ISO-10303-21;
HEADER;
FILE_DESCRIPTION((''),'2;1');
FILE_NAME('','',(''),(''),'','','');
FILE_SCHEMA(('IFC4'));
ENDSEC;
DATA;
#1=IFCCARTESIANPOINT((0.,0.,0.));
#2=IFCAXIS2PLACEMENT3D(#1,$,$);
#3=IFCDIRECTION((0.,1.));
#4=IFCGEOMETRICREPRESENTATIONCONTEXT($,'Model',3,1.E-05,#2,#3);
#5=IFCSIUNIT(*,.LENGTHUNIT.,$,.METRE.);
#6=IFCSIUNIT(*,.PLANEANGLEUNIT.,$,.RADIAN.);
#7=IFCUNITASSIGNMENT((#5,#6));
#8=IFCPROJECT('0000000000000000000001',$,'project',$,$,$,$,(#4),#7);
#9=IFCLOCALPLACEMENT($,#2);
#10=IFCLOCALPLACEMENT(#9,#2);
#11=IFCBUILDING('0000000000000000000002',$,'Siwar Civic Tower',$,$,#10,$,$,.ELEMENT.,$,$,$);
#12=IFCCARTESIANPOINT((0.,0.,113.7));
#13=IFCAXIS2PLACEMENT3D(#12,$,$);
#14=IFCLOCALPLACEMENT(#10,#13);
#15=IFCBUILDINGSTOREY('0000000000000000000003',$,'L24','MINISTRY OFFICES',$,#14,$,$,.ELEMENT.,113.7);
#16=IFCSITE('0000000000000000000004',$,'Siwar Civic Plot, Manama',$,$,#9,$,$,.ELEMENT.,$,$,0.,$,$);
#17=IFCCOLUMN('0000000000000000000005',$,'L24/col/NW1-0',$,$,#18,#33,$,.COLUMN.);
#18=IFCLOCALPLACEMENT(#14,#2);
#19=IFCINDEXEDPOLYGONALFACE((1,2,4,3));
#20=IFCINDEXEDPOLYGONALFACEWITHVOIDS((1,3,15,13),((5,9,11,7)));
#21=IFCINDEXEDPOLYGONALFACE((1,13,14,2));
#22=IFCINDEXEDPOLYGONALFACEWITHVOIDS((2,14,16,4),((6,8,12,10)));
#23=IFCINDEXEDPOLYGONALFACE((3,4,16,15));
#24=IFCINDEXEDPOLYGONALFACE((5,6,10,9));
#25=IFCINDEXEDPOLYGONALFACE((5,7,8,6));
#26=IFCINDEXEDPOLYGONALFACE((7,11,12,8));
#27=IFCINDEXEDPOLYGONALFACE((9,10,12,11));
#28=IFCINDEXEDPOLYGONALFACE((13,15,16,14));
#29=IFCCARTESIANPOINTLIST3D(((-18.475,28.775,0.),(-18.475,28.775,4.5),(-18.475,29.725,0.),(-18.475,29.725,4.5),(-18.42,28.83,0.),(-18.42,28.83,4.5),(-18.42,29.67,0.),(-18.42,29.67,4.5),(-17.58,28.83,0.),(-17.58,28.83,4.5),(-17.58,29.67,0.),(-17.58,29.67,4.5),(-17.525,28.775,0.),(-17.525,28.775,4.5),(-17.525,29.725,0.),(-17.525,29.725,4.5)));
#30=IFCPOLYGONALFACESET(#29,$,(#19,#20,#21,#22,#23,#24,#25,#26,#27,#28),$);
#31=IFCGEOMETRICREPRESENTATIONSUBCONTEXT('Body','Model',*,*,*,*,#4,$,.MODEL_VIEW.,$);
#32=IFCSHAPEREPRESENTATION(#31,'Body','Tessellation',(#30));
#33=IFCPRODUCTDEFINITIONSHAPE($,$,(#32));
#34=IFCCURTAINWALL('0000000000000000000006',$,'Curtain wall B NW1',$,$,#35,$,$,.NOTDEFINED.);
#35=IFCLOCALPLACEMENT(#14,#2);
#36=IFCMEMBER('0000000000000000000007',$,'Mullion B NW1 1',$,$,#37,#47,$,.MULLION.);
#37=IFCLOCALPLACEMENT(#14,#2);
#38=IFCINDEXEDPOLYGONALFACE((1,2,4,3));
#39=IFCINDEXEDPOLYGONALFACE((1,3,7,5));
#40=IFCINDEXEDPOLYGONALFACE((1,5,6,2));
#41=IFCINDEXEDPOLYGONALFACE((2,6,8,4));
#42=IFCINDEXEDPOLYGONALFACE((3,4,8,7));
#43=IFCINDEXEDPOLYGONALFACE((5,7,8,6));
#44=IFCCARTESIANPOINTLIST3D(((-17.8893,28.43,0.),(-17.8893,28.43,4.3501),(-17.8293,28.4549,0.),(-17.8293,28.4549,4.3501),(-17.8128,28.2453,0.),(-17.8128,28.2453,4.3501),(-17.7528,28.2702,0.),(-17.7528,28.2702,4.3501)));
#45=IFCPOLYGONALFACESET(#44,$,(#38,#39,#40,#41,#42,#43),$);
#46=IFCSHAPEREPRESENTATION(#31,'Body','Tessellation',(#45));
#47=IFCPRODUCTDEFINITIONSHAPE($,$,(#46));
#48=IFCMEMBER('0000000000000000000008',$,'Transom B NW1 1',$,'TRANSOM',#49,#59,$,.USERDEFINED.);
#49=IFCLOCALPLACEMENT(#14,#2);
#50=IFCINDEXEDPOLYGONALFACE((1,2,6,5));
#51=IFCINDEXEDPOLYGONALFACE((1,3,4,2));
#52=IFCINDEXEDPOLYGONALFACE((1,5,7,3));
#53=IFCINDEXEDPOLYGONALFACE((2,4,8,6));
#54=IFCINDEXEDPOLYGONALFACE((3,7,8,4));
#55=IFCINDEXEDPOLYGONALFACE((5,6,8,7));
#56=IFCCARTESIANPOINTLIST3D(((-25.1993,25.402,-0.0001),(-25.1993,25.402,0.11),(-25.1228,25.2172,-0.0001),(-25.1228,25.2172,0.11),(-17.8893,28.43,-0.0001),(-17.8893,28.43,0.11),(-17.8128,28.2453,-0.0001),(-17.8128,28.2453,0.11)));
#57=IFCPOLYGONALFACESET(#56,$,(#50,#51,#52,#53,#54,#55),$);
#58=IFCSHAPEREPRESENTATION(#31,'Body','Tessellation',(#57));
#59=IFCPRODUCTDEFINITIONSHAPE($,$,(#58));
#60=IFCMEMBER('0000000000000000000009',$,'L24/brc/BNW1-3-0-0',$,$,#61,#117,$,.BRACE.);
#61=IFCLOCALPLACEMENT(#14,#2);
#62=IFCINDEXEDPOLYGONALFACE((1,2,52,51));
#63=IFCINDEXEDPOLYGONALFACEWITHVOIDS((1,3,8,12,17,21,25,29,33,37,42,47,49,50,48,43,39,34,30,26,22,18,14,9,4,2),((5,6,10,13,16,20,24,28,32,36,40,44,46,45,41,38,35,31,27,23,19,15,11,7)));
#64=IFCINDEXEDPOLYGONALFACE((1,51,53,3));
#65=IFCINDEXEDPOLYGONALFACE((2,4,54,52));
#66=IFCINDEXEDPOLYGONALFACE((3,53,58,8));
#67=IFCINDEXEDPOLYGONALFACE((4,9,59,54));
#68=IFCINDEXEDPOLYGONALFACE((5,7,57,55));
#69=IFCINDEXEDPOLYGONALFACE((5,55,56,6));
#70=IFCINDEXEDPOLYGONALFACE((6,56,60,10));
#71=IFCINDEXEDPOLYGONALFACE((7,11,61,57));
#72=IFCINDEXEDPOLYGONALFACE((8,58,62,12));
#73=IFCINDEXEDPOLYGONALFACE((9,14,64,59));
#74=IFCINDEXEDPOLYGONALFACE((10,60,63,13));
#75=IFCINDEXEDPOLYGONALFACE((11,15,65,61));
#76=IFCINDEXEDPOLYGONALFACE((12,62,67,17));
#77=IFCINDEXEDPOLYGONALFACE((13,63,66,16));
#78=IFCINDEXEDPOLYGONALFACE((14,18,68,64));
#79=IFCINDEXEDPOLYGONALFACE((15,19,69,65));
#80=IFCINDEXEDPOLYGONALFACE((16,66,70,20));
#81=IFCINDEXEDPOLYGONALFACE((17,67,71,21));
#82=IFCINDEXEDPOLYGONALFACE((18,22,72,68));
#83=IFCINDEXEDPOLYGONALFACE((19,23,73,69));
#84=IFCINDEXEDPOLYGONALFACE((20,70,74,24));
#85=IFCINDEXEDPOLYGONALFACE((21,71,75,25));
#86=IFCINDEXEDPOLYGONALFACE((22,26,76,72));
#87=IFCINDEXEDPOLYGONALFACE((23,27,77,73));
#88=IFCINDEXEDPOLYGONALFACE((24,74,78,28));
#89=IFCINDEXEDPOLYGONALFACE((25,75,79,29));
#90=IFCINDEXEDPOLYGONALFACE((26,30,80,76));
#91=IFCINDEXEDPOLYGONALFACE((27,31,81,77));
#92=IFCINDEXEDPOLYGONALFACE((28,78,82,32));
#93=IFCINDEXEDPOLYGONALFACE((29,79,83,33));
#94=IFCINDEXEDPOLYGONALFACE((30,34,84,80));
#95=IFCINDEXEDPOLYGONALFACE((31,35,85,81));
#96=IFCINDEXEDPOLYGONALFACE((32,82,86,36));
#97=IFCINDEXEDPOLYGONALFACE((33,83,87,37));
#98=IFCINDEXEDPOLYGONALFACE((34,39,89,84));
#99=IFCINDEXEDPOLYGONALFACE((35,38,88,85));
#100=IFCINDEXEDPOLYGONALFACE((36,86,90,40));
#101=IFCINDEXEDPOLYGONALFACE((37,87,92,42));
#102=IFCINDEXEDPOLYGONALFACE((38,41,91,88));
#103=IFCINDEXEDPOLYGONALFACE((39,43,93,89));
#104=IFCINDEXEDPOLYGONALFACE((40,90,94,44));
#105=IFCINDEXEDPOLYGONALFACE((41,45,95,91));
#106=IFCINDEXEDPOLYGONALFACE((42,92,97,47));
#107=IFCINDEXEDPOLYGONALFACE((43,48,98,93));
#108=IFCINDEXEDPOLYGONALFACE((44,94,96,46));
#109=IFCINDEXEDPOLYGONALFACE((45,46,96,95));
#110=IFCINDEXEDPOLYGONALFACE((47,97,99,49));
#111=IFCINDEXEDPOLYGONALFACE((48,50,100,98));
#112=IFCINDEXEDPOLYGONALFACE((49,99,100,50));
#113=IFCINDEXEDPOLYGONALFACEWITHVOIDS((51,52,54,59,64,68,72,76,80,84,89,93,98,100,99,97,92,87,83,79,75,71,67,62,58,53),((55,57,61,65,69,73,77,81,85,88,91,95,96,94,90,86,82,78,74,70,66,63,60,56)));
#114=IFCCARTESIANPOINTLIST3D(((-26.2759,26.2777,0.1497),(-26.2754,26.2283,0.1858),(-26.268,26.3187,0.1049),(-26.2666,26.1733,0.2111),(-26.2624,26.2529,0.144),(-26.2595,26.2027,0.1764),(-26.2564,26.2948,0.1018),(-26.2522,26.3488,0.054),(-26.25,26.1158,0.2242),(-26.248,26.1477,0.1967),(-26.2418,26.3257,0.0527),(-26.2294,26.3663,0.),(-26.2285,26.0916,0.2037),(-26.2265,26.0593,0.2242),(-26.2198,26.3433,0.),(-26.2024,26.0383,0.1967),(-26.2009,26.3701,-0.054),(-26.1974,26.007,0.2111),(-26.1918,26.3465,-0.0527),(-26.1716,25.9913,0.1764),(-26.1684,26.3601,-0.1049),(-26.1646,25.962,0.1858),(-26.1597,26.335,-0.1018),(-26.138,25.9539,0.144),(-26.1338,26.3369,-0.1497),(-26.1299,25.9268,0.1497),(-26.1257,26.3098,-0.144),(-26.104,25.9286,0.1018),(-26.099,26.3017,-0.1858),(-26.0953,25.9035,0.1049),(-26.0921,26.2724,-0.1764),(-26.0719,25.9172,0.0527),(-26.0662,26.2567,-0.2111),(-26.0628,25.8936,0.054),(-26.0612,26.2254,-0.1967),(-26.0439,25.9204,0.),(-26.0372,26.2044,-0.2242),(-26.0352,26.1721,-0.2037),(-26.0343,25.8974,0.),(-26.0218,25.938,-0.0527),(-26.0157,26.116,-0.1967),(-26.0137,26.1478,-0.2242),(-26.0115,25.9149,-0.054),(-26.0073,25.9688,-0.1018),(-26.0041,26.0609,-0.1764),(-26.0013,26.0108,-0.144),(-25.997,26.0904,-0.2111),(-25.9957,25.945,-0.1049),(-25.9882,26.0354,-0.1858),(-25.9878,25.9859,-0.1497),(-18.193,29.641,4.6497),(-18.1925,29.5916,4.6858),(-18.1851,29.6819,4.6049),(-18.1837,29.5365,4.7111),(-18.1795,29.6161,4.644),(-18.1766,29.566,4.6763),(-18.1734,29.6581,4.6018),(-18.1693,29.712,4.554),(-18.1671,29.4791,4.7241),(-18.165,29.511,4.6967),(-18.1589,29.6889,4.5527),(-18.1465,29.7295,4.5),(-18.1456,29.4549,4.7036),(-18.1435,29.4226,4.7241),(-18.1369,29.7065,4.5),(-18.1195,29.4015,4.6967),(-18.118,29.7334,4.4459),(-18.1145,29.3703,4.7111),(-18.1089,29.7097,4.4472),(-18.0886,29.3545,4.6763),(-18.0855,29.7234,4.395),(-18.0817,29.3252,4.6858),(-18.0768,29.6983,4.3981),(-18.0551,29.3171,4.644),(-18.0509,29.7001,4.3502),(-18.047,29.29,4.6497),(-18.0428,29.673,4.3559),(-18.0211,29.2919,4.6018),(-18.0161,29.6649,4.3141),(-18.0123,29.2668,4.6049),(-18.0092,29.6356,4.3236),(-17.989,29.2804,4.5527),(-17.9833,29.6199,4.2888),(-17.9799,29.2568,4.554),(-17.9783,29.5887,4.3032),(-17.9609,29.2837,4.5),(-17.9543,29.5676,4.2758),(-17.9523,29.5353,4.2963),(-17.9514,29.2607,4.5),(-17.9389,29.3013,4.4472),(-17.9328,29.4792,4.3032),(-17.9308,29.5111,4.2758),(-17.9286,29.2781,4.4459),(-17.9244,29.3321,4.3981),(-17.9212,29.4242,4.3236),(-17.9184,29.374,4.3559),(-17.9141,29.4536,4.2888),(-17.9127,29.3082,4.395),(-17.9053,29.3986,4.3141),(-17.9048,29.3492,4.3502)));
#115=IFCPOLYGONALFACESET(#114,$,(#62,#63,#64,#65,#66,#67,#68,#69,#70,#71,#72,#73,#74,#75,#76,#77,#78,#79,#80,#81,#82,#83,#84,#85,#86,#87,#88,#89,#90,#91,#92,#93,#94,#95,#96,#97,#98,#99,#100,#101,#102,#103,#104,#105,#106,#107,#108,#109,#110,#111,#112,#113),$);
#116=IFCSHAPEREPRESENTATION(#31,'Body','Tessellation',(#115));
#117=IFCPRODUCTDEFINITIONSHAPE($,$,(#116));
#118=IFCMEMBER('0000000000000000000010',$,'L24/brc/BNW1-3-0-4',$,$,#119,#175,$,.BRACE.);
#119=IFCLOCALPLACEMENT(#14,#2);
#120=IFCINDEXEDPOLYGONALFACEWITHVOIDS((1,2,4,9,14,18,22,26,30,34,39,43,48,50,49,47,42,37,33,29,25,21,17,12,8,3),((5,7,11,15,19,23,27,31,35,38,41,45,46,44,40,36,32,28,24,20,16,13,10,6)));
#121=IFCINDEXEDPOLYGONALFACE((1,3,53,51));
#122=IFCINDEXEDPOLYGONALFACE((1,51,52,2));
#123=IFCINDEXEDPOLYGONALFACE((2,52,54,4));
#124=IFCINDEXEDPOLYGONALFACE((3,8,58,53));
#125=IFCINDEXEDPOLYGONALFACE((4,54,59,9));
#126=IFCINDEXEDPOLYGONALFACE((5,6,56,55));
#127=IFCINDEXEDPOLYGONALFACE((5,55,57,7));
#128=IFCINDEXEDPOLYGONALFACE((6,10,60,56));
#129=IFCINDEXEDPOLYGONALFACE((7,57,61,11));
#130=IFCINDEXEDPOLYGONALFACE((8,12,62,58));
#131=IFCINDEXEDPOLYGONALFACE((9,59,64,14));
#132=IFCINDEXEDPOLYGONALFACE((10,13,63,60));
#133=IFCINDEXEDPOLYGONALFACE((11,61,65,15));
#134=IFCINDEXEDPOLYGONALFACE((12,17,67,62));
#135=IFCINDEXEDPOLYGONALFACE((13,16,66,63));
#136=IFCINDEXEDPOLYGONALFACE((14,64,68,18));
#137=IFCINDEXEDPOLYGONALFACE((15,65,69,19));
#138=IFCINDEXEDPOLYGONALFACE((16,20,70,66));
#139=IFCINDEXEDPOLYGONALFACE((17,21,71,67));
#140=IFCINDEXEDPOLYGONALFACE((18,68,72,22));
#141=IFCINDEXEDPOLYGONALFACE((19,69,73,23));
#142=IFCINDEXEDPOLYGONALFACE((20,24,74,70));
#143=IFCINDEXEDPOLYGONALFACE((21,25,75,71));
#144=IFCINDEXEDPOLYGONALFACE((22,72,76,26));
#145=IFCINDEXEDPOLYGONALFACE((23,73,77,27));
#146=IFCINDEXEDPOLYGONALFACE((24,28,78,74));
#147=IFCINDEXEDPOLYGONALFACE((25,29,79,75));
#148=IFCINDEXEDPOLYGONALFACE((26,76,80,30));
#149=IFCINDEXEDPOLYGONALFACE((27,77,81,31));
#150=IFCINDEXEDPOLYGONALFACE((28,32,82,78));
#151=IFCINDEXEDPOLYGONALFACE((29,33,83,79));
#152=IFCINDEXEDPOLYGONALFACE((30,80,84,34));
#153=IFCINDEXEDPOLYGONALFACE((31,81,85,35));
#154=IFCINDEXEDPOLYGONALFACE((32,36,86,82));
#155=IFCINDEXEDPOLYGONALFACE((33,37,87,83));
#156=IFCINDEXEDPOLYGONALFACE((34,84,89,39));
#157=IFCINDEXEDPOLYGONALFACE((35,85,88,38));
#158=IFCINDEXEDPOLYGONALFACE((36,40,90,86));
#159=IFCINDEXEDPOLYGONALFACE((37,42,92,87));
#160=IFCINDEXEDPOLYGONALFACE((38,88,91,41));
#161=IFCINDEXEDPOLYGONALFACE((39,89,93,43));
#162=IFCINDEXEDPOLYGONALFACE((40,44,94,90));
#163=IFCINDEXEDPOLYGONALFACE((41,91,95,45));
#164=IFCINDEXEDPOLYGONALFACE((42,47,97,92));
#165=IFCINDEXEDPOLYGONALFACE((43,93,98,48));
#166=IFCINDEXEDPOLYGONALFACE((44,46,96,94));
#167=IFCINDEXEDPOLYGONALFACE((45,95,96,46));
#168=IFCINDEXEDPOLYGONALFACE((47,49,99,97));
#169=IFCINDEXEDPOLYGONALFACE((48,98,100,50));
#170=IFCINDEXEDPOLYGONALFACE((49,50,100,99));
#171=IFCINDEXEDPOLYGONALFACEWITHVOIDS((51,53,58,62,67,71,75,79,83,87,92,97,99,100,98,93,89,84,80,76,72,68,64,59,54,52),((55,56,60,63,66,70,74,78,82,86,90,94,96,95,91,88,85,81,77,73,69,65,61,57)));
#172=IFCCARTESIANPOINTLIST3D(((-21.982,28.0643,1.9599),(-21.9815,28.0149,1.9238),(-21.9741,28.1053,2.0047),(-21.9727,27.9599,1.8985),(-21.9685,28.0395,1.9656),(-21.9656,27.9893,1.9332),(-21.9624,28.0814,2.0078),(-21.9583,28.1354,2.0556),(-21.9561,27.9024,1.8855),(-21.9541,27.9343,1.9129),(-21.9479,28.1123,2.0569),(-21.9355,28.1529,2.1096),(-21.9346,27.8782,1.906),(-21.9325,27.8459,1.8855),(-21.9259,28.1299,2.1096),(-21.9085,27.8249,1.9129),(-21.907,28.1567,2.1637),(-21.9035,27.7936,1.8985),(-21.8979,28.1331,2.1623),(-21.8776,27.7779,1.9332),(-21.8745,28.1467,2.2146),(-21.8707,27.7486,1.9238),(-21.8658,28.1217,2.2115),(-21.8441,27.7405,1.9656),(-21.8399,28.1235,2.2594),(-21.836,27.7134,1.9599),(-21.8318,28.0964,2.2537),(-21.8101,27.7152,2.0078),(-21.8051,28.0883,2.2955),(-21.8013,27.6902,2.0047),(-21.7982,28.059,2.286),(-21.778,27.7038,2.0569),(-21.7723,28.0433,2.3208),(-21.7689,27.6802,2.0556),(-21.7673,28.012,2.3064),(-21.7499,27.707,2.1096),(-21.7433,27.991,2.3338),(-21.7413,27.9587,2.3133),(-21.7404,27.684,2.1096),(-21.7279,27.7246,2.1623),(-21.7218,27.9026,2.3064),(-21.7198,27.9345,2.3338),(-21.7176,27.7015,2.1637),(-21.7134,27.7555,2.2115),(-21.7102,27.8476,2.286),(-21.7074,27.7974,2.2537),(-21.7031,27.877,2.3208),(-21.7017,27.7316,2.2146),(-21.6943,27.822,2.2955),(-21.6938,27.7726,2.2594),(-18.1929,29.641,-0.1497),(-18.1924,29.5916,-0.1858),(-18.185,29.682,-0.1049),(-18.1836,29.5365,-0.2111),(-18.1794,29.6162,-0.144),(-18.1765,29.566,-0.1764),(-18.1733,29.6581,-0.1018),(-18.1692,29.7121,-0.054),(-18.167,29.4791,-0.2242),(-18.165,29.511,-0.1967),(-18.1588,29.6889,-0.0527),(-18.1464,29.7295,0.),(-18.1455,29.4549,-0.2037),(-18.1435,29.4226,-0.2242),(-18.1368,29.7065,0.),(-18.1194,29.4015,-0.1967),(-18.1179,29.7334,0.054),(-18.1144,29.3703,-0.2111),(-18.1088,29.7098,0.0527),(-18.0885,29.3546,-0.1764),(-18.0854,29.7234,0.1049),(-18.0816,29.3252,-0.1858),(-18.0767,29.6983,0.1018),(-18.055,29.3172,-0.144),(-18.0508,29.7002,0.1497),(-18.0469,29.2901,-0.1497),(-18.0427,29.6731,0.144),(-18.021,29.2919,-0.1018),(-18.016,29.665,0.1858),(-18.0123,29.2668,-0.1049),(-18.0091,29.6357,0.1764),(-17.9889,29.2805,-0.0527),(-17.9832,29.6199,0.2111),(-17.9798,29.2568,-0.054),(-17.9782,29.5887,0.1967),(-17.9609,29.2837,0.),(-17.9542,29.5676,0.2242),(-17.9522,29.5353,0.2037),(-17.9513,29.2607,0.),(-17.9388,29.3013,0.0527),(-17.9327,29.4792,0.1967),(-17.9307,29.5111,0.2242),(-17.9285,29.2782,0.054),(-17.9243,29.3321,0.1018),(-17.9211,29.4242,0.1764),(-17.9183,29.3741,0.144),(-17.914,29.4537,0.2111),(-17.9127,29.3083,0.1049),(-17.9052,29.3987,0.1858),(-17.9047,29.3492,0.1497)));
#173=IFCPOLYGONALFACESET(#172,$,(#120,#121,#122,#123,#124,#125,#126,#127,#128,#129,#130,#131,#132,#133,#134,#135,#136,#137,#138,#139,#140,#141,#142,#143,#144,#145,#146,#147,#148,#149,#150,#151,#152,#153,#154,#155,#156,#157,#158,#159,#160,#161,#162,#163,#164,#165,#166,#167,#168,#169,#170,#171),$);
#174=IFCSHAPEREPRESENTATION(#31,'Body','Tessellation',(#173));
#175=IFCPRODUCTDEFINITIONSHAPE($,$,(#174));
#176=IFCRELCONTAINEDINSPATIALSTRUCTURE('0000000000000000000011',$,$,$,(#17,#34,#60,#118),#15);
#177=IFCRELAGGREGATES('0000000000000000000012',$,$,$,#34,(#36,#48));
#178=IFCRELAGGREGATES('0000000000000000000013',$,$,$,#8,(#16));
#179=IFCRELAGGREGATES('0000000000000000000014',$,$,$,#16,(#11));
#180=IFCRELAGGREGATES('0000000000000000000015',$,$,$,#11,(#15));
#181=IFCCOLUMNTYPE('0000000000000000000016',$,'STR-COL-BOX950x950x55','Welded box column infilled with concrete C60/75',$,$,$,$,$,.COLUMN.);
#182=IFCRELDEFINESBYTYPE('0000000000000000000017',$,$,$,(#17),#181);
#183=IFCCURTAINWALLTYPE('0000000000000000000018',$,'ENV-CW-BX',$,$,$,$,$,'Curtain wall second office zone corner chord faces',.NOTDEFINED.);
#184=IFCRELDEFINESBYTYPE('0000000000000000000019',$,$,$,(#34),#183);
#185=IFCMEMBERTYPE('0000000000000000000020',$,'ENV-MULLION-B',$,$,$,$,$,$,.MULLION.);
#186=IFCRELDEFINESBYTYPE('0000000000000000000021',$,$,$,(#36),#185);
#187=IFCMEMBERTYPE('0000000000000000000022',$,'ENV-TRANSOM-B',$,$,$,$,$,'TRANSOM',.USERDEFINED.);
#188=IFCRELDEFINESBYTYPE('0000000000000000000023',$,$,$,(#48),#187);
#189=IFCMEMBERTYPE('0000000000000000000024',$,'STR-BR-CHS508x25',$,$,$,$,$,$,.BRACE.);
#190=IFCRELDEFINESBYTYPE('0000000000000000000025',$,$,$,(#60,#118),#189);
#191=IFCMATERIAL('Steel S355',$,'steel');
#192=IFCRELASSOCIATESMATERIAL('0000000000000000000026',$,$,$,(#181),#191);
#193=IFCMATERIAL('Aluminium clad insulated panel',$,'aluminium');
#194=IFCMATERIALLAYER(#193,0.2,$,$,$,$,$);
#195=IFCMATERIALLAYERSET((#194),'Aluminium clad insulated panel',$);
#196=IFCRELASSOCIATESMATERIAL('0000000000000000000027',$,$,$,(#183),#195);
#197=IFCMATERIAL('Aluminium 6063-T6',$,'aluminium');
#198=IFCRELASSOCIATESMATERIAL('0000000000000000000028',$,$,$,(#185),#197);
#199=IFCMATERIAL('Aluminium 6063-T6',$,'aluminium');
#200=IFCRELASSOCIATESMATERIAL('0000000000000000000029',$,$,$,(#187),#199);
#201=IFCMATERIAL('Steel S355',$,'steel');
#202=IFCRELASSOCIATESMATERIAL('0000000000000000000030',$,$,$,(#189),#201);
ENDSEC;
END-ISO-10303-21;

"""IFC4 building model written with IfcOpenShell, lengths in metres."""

from ifc_helpers import new_model, si_unit, direction, frame, origin, origin_2d, place, context, subcontext, project, spatial, rectangle, hollow_rectangle, hollow_circle, extrude, material, layer, layer_set, material_profile, profile_set, type_object, element, aggregate, save


model = new_model("IFC4")

# Units and contexts
model_context = context("Model", 3, precision=1e-05, world=origin(), true_north=direction((0.0, 1.0)))
body_context = subcontext(model_context, "Body", "Model", "MODEL_VIEW")
ifc_project = project(units=[si_unit("LENGTHUNIT", "METRE"), si_unit("PLANEANGLEUNIT", "RADIAN")], contexts=[model_context])

# Site, building, storey
site_placement = place(None, origin())
site = spatial("IfcSite", under=ifc_project, at=site_placement, Name="Siwar Civic Plot, Manama", CompositionType="ELEMENT", RefElevation=0.0)
building_placement = place(site_placement, origin())
building = spatial("IfcBuilding", under=site, at=building_placement, Name="Siwar Civic Tower", CompositionType="ELEMENT")
storey_placement = place(building_placement, frame((0.0, 0.0, 113.7)))
storey = spatial("IfcBuildingStorey", under=building, at=storey_placement, Name="L24", Description="MINISTRY OFFICES", CompositionType="ELEMENT", Elevation=113.7)

# Column
ifc_material_1 = material(Name="Steel S355", Category="steel")
ifc_material_profile_1 = material_profile(ifc_material_1, hollow_rectangle(XDim=0.95, YDim=0.95, WallThickness=0.0549, at=origin_2d()), Name="BOX950x950x55")
ifc_profile_set_1 = profile_set([ifc_material_profile_1], Name="Steel S355")
column_type = type_object("IfcColumnType", Name="STR-COL-BOX950x950x55", Description="Welded box column infilled with concrete C60/75", PredefinedType="COLUMN", material=ifc_profile_set_1)
column_placement = place(storey_placement, frame((-18.0, 29.25, 0.0), z_axis=(0.0, 0.0, 1.0), x_axis=(1.0, 0.0, 0.0)))
element("IfcColumn", 1, at=column_placement, inside=storey, type_object=column_type, Name="L24/col/NW1-0", PredefinedType="COLUMN", context=body_context, shape_type="SweptSolid", body=[
    extrude(hollow_rectangle(XDim=0.95, YDim=0.95, WallThickness=0.0549, at=origin_2d()), origin(), (0.0, 0.0, 1.0), 4.5),
])

# Curtain wall, members
ifc_material_2 = material(Name="Aluminium clad insulated panel", Category="aluminium")
ifc_layer_1 = layer(ifc_material_2, 0.2)
ifc_layer_set_1 = layer_set([ifc_layer_1], Name="Aluminium clad insulated panel")
curtain_wall_type = type_object("IfcCurtainWallType", Name="ENV-CW-BX", ElementType="Curtain wall second office zone corner chord faces", PredefinedType="NOTDEFINED", material=ifc_layer_set_1)
curtain_wall_placement = place(storey_placement, origin())
curtain_wall = element("IfcCurtainWall", 2, at=curtain_wall_placement, inside=storey, type_object=curtain_wall_type, Name="Curtain wall B NW1", PredefinedType="NOTDEFINED")
ifc_material_3 = material(Name="Aluminium 6063-T6", Category="aluminium")
ifc_material_profile_2 = material_profile(ifc_material_3, rectangle(XDim=0.2, YDim=0.0649, at=origin_2d()), Name="AL 200x65")
ifc_profile_set_2 = profile_set([ifc_material_profile_2], Name="Aluminium 6063-T6")
member_type_1 = type_object("IfcMemberType", Name="ENV-MULLION-B", PredefinedType="MULLION", material=ifc_profile_set_2)
member_1_placement = place(storey_placement, frame((-17.821, 28.3501, 0.0), z_axis=(0.0, 0.0, 1.0), x_axis=(0.382683, -0.92388, 0.0)))
member_1 = element("IfcMember", 3, at=member_1_placement, type_object=member_type_1, Name="Mullion B NW1 1", PredefinedType="MULLION", context=body_context, shape_type="SweptSolid", body=[
    extrude(rectangle(XDim=0.2, YDim=0.0649, at=origin_2d()), origin(), (0.0, 0.0, 1.0), 4.3501),
])
ifc_material_4 = material(Name="Aluminium 6063-T6", Category="aluminium")
ifc_material_profile_3 = material_profile(ifc_material_4, rectangle(XDim=0.2, YDim=0.1101, at=origin_2d()), Name="AL 200x110")
ifc_profile_set_3 = profile_set([ifc_material_profile_3], Name="Aluminium 6063-T6")
member_type_2 = type_object("IfcMemberType", Name="ENV-TRANSOM-B", ElementType="TRANSOM", PredefinedType="USERDEFINED", material=ifc_profile_set_3)
member_2_placement = place(storey_placement, frame((-17.8511, 28.3376, 0.0549), z_axis=(-0.923873, -0.3827, 0.0), x_axis=(0.3827, -0.923873, 0.0)))
member_2 = element("IfcMember", 4, at=member_2_placement, type_object=member_type_2, Name="Transom B NW1 1", ObjectType="TRANSOM", PredefinedType="USERDEFINED", context=body_context, shape_type="SweptSolid", body=[
    extrude(rectangle(XDim=0.2, YDim=0.1101, at=origin_2d()), origin(), (0.0, 0.0, 1.0), 7.9124),
])

# Members
ifc_material_5 = material(Name="Steel S355", Category="steel")
ifc_material_profile_4 = material_profile(ifc_material_5, hollow_circle(Radius=0.2539, WallThickness=0.0249, at=origin_2d()), Name="CHS508x25")
ifc_profile_set_4 = profile_set([ifc_material_profile_4], Name="Steel S355")
member_type_3 = type_object("IfcMemberType", Name="STR-BR-CHS508x25", PredefinedType="BRACE", material=ifc_profile_set_4)
member_3_placement = place(storey_placement, frame((-26.1318, 26.1318, 0.0), z_axis=(0.821143, 0.341671, 0.457149), x_axis=(-0.384164, 0.923265, 0.0)))
element("IfcMember", 5, at=member_3_placement, inside=storey, type_object=member_type_3, Name="L24/brc/BNW1-3-0-0", PredefinedType="BRACE", context=body_context, shape_type="SweptSolid", body=[
    extrude(hollow_circle(Radius=0.2539, WallThickness=0.0249, at=origin_2d()), origin(), (0.0, 0.0, 1.0), 9.8435),
])
for number, where, z_axis, x_axis, name in (
    (6, (-18.0488, 29.4951, 0.0), (-0.821126, -0.341677, 0.457175), (0.384176, -0.92326, 0.0), "L24/brc/BNW1-3-0-4"),
):
    element("IfcMember", number, at=place(storey_placement, frame(where, z_axis=z_axis, x_axis=x_axis)), inside=storey, type_object=member_type_3, Name=name, PredefinedType="BRACE", context=body_context, shape_type="SweptSolid", body=[
        extrude(hollow_circle(Radius=0.2539, WallThickness=0.0249, at=origin_2d()), origin(), (0.0, 0.0, 1.0), 4.6145),
    ])

aggregate(curtain_wall, [member_1, member_2])

save(model, "model.ifc")
